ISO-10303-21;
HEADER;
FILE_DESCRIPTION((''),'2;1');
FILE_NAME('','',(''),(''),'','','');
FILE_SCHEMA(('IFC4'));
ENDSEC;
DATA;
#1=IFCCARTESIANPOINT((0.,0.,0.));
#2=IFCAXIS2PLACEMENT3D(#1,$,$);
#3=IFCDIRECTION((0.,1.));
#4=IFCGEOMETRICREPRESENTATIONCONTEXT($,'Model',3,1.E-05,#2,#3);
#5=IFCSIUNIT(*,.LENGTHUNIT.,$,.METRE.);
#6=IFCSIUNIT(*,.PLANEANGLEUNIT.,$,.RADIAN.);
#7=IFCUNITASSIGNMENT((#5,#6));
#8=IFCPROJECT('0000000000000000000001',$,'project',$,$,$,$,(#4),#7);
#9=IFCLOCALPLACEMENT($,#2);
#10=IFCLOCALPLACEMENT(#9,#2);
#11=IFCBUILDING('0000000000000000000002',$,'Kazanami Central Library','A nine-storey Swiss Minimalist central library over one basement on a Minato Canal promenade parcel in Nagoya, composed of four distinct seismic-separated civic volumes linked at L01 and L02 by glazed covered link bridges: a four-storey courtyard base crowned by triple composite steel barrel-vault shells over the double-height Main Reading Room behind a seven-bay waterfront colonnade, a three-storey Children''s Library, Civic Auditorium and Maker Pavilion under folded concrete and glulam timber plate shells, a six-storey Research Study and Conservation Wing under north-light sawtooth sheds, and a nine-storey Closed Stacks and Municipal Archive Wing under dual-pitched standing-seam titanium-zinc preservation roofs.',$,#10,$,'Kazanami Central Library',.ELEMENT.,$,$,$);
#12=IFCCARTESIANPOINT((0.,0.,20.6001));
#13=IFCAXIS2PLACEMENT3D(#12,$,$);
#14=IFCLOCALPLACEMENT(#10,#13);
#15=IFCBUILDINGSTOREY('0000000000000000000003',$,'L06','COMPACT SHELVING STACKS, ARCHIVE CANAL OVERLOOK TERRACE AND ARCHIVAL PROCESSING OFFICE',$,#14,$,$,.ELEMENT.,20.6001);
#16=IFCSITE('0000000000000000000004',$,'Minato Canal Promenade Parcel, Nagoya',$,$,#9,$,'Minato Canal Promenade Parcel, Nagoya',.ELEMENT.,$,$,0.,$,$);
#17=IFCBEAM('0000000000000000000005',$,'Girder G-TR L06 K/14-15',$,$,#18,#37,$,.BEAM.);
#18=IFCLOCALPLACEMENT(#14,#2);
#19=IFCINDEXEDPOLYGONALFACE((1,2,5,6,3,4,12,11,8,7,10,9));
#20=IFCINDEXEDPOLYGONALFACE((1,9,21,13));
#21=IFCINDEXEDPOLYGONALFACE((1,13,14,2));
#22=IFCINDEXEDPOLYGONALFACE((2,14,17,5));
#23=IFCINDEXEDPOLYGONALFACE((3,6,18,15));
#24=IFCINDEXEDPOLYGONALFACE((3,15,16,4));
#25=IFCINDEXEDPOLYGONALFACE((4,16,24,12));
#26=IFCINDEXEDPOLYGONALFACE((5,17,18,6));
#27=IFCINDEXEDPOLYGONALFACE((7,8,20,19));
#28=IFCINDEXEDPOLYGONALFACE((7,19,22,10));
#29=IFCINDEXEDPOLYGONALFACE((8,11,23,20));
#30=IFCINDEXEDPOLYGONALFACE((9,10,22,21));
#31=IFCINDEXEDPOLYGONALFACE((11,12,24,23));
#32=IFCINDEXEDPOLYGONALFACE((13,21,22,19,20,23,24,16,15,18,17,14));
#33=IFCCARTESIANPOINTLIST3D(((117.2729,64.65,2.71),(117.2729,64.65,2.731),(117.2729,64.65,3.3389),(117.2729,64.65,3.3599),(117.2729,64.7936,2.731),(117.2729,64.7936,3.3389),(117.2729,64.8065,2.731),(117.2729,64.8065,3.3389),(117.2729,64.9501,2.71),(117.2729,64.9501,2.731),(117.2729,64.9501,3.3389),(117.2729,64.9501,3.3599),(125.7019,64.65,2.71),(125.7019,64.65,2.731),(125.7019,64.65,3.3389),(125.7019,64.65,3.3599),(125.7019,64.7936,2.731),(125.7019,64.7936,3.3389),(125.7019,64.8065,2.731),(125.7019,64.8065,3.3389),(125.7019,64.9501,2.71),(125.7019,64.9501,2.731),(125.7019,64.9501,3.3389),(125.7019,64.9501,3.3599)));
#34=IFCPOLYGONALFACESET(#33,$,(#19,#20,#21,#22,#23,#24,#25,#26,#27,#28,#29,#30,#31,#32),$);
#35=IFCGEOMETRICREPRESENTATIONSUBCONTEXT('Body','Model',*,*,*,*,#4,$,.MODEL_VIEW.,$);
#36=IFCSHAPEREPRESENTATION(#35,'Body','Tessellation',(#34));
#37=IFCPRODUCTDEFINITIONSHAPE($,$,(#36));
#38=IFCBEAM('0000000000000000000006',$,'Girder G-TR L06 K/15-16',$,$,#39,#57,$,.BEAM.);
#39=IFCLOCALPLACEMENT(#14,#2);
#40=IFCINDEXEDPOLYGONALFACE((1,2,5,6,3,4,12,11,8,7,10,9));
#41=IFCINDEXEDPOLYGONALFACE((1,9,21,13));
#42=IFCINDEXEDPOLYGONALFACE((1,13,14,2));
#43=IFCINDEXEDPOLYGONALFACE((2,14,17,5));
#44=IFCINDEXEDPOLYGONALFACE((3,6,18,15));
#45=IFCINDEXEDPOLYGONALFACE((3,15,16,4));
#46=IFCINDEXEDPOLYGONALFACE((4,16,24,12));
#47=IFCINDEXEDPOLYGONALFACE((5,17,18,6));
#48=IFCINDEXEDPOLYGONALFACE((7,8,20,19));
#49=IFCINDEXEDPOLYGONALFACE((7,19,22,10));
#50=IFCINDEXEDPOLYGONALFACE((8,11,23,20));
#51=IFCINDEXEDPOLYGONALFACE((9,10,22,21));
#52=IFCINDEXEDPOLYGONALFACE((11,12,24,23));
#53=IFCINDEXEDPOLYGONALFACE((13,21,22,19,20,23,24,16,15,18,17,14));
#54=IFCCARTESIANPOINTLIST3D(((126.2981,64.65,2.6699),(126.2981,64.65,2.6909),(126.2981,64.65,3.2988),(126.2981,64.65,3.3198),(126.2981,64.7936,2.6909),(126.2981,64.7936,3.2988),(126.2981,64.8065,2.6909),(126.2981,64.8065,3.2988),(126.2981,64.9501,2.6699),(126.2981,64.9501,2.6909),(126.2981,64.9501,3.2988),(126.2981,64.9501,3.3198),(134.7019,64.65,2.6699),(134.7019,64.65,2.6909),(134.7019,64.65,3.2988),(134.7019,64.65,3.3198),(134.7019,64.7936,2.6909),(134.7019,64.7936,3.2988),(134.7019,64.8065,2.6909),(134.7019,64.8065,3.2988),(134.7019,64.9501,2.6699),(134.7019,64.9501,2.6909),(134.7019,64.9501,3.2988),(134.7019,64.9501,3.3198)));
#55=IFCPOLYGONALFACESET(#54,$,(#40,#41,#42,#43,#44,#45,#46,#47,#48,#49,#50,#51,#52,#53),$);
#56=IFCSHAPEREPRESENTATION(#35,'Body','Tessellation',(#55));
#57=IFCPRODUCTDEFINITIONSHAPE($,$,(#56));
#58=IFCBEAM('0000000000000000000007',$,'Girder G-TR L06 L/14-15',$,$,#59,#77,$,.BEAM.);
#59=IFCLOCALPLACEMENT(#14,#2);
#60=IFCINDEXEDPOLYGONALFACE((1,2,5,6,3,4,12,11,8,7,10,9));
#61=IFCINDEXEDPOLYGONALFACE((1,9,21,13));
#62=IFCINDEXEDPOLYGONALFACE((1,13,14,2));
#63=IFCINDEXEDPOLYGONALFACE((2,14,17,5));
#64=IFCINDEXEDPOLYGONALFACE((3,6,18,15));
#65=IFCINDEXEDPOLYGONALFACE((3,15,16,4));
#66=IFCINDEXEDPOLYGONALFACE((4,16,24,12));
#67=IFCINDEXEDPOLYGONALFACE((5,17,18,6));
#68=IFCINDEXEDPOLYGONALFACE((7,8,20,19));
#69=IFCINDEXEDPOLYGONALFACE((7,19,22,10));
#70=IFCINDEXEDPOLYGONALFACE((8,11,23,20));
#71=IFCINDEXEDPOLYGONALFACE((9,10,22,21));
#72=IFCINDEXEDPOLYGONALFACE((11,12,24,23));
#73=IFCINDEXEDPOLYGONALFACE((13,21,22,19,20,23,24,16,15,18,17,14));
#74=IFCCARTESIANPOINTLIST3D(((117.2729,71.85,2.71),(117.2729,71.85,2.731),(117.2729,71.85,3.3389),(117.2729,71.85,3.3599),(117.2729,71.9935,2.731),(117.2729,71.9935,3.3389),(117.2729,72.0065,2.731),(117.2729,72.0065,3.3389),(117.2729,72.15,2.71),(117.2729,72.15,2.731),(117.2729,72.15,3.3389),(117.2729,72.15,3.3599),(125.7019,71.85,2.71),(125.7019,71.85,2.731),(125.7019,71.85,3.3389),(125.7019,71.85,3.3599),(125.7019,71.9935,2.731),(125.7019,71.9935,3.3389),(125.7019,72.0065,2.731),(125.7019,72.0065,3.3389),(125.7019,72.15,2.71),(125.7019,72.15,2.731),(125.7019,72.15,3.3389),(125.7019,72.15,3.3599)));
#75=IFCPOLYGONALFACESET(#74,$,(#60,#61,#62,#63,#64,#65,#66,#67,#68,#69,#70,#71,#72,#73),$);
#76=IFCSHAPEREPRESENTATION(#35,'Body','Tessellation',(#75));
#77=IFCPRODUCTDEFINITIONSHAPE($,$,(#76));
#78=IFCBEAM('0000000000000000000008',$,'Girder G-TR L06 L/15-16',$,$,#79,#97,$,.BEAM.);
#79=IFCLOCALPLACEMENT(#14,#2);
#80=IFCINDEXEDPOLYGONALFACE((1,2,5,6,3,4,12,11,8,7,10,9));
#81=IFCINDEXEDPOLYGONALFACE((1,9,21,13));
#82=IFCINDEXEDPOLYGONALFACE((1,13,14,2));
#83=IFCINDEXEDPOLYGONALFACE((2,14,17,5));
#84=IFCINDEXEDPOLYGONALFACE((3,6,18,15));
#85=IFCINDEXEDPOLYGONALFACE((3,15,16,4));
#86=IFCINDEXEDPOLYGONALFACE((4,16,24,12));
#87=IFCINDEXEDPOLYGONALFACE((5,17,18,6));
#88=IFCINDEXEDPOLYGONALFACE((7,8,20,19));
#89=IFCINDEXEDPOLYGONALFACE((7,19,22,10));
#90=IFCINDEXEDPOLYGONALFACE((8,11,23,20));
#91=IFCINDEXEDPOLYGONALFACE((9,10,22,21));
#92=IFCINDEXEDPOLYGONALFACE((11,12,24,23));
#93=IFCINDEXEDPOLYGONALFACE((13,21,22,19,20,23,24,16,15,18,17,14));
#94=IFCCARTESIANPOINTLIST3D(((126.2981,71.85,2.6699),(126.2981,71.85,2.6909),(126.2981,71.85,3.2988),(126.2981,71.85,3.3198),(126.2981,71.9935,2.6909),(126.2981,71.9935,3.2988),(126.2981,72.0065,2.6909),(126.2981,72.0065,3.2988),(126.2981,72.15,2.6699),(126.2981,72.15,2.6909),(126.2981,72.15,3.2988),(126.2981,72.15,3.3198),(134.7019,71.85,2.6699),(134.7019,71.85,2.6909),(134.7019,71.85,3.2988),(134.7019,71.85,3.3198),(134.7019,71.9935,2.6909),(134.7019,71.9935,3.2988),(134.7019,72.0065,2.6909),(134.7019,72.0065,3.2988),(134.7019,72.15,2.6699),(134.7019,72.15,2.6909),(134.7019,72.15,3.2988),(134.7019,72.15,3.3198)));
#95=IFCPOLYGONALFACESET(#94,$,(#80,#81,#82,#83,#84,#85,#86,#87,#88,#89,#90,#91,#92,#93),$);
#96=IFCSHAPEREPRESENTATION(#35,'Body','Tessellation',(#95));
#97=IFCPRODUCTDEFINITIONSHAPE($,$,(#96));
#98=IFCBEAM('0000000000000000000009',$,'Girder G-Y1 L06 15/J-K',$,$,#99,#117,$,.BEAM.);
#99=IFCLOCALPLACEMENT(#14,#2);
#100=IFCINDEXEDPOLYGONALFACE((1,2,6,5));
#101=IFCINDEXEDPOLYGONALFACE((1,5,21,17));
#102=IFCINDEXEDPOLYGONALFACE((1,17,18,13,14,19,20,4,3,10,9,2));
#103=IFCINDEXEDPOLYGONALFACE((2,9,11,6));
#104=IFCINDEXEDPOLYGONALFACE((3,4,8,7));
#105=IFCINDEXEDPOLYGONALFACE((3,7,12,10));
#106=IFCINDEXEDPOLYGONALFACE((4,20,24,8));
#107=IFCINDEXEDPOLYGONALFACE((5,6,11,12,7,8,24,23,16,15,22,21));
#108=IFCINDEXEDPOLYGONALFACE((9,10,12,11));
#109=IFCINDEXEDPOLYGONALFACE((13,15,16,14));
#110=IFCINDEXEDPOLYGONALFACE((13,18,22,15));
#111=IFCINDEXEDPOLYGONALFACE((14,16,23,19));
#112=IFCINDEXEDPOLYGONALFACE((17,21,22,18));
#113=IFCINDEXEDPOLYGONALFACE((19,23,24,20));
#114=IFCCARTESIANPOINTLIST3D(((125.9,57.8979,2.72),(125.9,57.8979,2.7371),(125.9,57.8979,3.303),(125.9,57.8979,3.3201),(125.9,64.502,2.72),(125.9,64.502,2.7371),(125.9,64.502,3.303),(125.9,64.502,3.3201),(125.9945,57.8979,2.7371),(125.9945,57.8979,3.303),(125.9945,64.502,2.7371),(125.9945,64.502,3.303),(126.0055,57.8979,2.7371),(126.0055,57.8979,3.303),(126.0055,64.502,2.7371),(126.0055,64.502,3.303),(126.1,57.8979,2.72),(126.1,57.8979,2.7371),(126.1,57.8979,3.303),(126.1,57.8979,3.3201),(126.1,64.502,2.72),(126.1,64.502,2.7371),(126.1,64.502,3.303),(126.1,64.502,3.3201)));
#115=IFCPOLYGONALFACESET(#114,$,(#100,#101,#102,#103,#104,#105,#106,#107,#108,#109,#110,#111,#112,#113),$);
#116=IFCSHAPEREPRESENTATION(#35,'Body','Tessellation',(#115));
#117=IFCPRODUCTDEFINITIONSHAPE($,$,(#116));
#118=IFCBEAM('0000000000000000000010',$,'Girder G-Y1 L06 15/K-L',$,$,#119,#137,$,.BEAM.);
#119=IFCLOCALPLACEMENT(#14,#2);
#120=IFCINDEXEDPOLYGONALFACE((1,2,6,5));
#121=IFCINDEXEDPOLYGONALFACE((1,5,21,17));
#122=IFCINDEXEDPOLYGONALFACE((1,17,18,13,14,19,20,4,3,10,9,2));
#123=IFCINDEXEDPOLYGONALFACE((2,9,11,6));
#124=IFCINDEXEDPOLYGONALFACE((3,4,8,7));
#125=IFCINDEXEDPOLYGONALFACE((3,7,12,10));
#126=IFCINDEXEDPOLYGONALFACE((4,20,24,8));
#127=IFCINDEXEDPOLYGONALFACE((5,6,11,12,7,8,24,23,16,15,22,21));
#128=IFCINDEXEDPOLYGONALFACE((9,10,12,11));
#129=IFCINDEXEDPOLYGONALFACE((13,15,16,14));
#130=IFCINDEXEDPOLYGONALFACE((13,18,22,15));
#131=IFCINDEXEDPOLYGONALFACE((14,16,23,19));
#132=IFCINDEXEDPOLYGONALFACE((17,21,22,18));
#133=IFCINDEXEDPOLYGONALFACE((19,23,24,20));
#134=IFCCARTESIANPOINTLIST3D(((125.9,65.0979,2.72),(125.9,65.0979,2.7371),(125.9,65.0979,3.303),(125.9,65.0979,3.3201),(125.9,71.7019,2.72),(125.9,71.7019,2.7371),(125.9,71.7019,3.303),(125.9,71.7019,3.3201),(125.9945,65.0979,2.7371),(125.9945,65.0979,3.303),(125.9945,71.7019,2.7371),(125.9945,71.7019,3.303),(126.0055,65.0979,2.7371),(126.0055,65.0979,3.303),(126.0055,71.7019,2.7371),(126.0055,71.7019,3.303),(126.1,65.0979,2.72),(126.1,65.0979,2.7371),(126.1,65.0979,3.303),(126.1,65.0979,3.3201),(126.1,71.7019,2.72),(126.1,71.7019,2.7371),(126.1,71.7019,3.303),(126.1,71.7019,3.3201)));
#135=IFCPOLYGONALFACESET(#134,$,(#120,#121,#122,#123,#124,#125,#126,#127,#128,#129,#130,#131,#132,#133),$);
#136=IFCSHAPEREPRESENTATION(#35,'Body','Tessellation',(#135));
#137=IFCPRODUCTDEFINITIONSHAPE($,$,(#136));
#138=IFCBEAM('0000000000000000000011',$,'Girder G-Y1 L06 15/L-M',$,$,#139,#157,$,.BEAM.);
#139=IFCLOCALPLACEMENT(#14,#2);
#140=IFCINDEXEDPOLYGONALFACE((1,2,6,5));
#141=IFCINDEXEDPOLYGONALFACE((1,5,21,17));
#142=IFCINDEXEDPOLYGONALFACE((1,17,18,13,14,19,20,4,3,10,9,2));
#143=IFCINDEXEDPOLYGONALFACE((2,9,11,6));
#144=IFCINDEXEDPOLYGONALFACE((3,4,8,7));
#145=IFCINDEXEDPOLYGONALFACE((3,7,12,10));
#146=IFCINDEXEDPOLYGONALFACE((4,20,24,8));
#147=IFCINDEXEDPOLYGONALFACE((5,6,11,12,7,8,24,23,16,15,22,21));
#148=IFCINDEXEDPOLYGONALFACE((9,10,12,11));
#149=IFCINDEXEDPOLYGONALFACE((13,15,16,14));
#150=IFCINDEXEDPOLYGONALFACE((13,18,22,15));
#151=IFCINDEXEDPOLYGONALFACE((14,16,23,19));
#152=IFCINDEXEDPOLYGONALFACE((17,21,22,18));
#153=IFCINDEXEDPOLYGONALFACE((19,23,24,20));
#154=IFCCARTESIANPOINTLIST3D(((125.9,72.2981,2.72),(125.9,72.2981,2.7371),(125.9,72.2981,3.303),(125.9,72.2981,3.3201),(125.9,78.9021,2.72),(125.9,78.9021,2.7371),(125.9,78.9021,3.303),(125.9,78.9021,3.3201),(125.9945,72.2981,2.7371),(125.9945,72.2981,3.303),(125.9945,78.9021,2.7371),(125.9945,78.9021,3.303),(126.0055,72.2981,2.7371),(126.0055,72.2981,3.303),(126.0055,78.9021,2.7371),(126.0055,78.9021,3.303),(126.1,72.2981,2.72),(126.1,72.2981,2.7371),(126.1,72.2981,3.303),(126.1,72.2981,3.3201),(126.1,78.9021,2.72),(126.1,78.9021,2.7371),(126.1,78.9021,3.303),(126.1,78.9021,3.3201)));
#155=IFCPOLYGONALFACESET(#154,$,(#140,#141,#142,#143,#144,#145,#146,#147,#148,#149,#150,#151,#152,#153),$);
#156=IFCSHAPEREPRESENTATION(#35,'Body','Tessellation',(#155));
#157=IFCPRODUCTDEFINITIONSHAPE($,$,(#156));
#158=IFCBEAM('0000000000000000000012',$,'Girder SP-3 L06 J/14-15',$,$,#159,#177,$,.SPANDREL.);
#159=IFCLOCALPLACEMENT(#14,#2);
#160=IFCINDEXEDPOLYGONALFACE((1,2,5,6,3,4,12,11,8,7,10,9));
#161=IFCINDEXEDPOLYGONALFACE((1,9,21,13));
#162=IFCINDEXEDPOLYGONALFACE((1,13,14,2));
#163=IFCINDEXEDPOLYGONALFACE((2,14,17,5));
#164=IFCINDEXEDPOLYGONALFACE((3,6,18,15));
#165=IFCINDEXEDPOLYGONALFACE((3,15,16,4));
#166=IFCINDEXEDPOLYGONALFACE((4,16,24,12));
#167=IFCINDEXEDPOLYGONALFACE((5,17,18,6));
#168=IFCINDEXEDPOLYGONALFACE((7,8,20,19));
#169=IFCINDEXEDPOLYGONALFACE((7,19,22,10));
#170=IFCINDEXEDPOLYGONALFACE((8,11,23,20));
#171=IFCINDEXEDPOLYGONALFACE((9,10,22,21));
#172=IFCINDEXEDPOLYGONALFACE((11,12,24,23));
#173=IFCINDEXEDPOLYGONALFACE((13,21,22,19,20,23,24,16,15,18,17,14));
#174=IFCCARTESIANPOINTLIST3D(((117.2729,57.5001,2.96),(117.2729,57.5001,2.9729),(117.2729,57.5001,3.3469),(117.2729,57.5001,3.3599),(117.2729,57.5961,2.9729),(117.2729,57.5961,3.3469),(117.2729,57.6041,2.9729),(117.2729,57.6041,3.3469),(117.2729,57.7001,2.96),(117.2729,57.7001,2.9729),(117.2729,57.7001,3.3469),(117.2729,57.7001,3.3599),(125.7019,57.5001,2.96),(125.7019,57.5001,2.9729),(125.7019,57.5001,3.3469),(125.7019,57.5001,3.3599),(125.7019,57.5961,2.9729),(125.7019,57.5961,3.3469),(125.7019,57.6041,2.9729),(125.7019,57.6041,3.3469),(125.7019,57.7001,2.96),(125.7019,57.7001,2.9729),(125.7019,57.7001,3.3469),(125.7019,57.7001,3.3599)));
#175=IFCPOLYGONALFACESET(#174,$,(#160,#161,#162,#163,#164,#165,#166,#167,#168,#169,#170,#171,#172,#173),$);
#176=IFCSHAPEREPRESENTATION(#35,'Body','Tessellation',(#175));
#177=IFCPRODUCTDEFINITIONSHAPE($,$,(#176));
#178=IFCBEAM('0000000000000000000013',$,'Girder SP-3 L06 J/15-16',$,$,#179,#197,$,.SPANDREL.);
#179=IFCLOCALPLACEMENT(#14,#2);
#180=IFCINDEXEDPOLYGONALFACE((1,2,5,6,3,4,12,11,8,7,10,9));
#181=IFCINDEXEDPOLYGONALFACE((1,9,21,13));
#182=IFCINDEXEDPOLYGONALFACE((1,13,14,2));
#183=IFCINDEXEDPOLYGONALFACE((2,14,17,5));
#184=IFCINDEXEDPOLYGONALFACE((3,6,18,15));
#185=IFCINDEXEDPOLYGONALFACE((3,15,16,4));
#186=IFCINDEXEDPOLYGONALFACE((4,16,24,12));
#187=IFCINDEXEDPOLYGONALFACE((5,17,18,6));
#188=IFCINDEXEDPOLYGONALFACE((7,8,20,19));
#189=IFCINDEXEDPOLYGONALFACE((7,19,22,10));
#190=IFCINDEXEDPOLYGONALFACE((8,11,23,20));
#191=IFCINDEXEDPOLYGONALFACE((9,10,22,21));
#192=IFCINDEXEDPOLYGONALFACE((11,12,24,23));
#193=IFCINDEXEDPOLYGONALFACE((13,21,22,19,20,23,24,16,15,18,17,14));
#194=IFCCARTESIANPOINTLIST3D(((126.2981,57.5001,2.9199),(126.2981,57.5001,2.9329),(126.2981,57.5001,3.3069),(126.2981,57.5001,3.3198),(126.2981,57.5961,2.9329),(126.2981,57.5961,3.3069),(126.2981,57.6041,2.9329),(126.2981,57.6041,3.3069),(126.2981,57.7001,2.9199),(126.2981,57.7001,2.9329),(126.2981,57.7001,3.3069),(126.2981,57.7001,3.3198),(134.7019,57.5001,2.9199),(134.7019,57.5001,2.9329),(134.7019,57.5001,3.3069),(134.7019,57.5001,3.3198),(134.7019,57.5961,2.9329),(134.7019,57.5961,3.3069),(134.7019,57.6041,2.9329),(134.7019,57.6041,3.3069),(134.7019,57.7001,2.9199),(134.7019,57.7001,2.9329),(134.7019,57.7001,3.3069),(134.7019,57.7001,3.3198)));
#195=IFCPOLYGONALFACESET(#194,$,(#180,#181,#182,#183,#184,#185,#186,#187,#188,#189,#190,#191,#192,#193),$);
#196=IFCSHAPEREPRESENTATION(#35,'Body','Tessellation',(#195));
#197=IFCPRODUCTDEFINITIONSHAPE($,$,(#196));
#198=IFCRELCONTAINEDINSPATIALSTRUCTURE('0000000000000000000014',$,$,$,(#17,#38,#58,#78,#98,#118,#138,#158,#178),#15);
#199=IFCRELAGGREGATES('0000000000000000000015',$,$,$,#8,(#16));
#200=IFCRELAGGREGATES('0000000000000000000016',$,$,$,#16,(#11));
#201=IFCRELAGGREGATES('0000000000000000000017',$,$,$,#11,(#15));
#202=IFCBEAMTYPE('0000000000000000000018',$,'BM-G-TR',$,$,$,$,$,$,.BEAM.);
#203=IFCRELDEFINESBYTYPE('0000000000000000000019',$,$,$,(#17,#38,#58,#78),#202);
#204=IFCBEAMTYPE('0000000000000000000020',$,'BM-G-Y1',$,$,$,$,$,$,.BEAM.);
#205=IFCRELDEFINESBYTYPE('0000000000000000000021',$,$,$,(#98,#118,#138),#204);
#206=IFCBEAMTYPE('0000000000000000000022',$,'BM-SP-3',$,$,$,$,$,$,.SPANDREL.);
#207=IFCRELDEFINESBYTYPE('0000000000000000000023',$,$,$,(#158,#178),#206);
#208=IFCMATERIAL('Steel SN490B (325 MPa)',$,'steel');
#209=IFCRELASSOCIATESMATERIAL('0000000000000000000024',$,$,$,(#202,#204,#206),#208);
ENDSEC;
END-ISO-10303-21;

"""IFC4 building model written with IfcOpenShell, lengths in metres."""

from ifc_helpers import new_model, si_unit, direction, frame, origin, origin_2d, place, context, subcontext, project, spatial, i_section, extrude, material, material_profile, profile_set, type_object, element, save


model = new_model("IFC4")

# Units and contexts
model_context = context("Model", 3, precision=1e-05, world=origin(), true_north=direction((0.0, 1.0)))
body_context = subcontext(model_context, "Body", "Model", "MODEL_VIEW")
ifc_project = project(units=[si_unit("LENGTHUNIT", "METRE"), si_unit("PLANEANGLEUNIT", "RADIAN")], contexts=[model_context])

# Site, building, storey
site_placement = place(None, origin())
site = spatial("IfcSite", under=ifc_project, at=site_placement, Name="Minato Canal Promenade Parcel, Nagoya", LongName="Minato Canal Promenade Parcel, Nagoya", CompositionType="ELEMENT", RefElevation=0.0)
building_placement = place(site_placement, origin())
building = spatial("IfcBuilding", under=site, at=building_placement, Name="Kazanami Central Library", Description="A nine-storey Swiss Minimalist central library over one basement on a Minato Canal promenade parcel in Nagoya, composed of four distinct seismic-separated civic volumes linked at L01 and L02 by glazed covered link bridges: a four-storey courtyard base crowned by triple composite steel barrel-vault shells over the double-height Main Reading Room behind a seven-bay waterfront colonnade, a three-storey Children's Library, Civic Auditorium and Maker Pavilion under folded concrete and glulam timber plate shells, a six-storey Research Study and Conservation Wing under north-light sawtooth sheds, and a nine-storey Closed Stacks and Municipal Archive Wing under dual-pitched standing-seam titanium-zinc preservation roofs.", LongName="Kazanami Central Library", CompositionType="ELEMENT")
storey_placement = place(building_placement, frame((0.0, 0.0, 20.6001)))
storey = spatial("IfcBuildingStorey", under=building, at=storey_placement, Name="L06", Description="COMPACT SHELVING STACKS, ARCHIVE CANAL OVERLOOK TERRACE AND ARCHIVAL PROCESSING OFFICE", CompositionType="ELEMENT", Elevation=20.6001)

# Beams
ifc_material_1 = material(Name="Steel SN490B (325 MPa)", Category="steel")
ifc_material_profile_1 = material_profile(ifc_material_1, i_section(OverallWidth=0.3, OverallDepth=0.6499, WebThickness=0.0129, FlangeThickness=0.021, at=origin_2d()), Name="H-650x300x13x21")
ifc_profile_set_1 = profile_set([ifc_material_profile_1], Name="Steel SN490B (325 MPa)")
beam_type_1 = type_object("IfcBeamType", Name="BM-G-TR", PredefinedType="BEAM", material=ifc_profile_set_1)
beam_1_placement = place(storey_placement, frame((117.2729, 64.8, 3.0349), z_axis=(1.0, 0.0, 0.0), x_axis=(0.0, 1.0, 0.0)))
element("IfcBeam", 1, at=beam_1_placement, inside=storey, type_object=beam_type_1, Name="Girder G-TR L06 K/14-15", PredefinedType="BEAM", context=body_context, shape_type="SweptSolid", body=[
    extrude(i_section(OverallWidth=0.3, OverallDepth=0.6499, WebThickness=0.0129, FlangeThickness=0.021, at=origin_2d()), origin(), (0.0, 0.0, 1.0), 8.429),
])
beam_2_placement = place(storey_placement, frame((126.2981, 64.8, 2.9949), z_axis=(1.0, 0.0, 0.0), x_axis=(0.0, 1.0, 0.0)))
element("IfcBeam", 2, at=beam_2_placement, inside=storey, type_object=beam_type_1, Name="Girder G-TR L06 K/15-16", PredefinedType="BEAM", context=body_context, shape_type="SweptSolid", body=[
    extrude(i_section(OverallWidth=0.3, OverallDepth=0.6499, WebThickness=0.0129, FlangeThickness=0.021, at=origin_2d()), origin(), (0.0, 0.0, 1.0), 8.4038),
])
beam_3_placement = place(storey_placement, frame((117.2729, 72.0, 3.0349), z_axis=(1.0, 0.0, 0.0), x_axis=(0.0, 1.0, 0.0)))
element("IfcBeam", 3, at=beam_3_placement, inside=storey, type_object=beam_type_1, Name="Girder G-TR L06 L/14-15", PredefinedType="BEAM", context=body_context, shape_type="SweptSolid", body=[
    extrude(i_section(OverallWidth=0.3, OverallDepth=0.6499, WebThickness=0.0129, FlangeThickness=0.021, at=origin_2d()), origin(), (0.0, 0.0, 1.0), 8.429),
])
beam_4_placement = place(storey_placement, frame((126.2981, 72.0, 2.9949), z_axis=(1.0, 0.0, 0.0), x_axis=(0.0, 1.0, 0.0)))
element("IfcBeam", 4, at=beam_4_placement, inside=storey, type_object=beam_type_1, Name="Girder G-TR L06 L/15-16", PredefinedType="BEAM", context=body_context, shape_type="SweptSolid", body=[
    extrude(i_section(OverallWidth=0.3, OverallDepth=0.6499, WebThickness=0.0129, FlangeThickness=0.021, at=origin_2d()), origin(), (0.0, 0.0, 1.0), 8.4038),
])
ifc_material_profile_2 = material_profile(ifc_material_1, i_section(OverallWidth=0.2, OverallDepth=0.6001, WebThickness=0.011, FlangeThickness=0.0171, at=origin_2d()), Name="H-600x200x11x17")
ifc_profile_set_2 = profile_set([ifc_material_profile_2], Name="Steel SN490B (325 MPa)")
beam_type_2 = type_object("IfcBeamType", Name="BM-G-Y1", PredefinedType="BEAM", material=ifc_profile_set_2)
for number, where, z_axis, x_axis, name in (
    (5, (126.0, 57.8979, 3.02), (0.0, 1.0, 0.0), (-1.0, 0.0, 0.0), "Girder G-Y1 L06 15/J-K"),
    (6, (126.0, 65.0979, 3.02), (0.0, 1.0, 0.0), (-1.0, 0.0, 0.0), "Girder G-Y1 L06 15/K-L"),
    (7, (126.0, 72.2981, 3.02), (0.0, 1.0, 0.0), (-1.0, 0.0, 0.0), "Girder G-Y1 L06 15/L-M"),
):
    element("IfcBeam", number, at=place(storey_placement, frame(where, z_axis=z_axis, x_axis=x_axis)), inside=storey, type_object=beam_type_2, Name=name, PredefinedType="BEAM", context=body_context, shape_type="SweptSolid", body=[
        extrude(i_section(OverallWidth=0.2, OverallDepth=0.6001, WebThickness=0.011, FlangeThickness=0.0171, at=origin_2d()), origin(), (0.0, 0.0, 1.0), 6.604),
    ])
ifc_material_profile_3 = material_profile(ifc_material_1, i_section(OverallWidth=0.2, OverallDepth=0.3999, WebThickness=0.0081, FlangeThickness=0.0129, at=origin_2d()), Name="H-400x200x8x13")
ifc_profile_set_3 = profile_set([ifc_material_profile_3], Name="Steel SN490B (325 MPa)")
beam_type_3 = type_object("IfcBeamType", Name="BM-SP-3", PredefinedType="SPANDREL", material=ifc_profile_set_3)
beam_5_placement = place(storey_placement, frame((117.2729, 57.6001, 3.1599), z_axis=(1.0, 0.0, 0.0), x_axis=(0.0, 1.0, 0.0)))
element("IfcBeam", 8, at=beam_5_placement, inside=storey, type_object=beam_type_3, Name="Girder SP-3 L06 J/14-15", PredefinedType="SPANDREL", context=body_context, shape_type="SweptSolid", body=[
    extrude(i_section(OverallWidth=0.2, OverallDepth=0.3999, WebThickness=0.0081, FlangeThickness=0.0129, at=origin_2d()), origin(), (0.0, 0.0, 1.0), 8.429),
])
beam_6_placement = place(storey_placement, frame((126.2981, 57.6001, 3.1199), z_axis=(1.0, 0.0, 0.0), x_axis=(0.0, 1.0, 0.0)))
element("IfcBeam", 9, at=beam_6_placement, inside=storey, type_object=beam_type_3, Name="Girder SP-3 L06 J/15-16", PredefinedType="SPANDREL", context=body_context, shape_type="SweptSolid", body=[
    extrude(i_section(OverallWidth=0.2, OverallDepth=0.3999, WebThickness=0.0081, FlangeThickness=0.0129, at=origin_2d()), origin(), (0.0, 0.0, 1.0), 8.4038),
])

save(model, "model.ifc")
